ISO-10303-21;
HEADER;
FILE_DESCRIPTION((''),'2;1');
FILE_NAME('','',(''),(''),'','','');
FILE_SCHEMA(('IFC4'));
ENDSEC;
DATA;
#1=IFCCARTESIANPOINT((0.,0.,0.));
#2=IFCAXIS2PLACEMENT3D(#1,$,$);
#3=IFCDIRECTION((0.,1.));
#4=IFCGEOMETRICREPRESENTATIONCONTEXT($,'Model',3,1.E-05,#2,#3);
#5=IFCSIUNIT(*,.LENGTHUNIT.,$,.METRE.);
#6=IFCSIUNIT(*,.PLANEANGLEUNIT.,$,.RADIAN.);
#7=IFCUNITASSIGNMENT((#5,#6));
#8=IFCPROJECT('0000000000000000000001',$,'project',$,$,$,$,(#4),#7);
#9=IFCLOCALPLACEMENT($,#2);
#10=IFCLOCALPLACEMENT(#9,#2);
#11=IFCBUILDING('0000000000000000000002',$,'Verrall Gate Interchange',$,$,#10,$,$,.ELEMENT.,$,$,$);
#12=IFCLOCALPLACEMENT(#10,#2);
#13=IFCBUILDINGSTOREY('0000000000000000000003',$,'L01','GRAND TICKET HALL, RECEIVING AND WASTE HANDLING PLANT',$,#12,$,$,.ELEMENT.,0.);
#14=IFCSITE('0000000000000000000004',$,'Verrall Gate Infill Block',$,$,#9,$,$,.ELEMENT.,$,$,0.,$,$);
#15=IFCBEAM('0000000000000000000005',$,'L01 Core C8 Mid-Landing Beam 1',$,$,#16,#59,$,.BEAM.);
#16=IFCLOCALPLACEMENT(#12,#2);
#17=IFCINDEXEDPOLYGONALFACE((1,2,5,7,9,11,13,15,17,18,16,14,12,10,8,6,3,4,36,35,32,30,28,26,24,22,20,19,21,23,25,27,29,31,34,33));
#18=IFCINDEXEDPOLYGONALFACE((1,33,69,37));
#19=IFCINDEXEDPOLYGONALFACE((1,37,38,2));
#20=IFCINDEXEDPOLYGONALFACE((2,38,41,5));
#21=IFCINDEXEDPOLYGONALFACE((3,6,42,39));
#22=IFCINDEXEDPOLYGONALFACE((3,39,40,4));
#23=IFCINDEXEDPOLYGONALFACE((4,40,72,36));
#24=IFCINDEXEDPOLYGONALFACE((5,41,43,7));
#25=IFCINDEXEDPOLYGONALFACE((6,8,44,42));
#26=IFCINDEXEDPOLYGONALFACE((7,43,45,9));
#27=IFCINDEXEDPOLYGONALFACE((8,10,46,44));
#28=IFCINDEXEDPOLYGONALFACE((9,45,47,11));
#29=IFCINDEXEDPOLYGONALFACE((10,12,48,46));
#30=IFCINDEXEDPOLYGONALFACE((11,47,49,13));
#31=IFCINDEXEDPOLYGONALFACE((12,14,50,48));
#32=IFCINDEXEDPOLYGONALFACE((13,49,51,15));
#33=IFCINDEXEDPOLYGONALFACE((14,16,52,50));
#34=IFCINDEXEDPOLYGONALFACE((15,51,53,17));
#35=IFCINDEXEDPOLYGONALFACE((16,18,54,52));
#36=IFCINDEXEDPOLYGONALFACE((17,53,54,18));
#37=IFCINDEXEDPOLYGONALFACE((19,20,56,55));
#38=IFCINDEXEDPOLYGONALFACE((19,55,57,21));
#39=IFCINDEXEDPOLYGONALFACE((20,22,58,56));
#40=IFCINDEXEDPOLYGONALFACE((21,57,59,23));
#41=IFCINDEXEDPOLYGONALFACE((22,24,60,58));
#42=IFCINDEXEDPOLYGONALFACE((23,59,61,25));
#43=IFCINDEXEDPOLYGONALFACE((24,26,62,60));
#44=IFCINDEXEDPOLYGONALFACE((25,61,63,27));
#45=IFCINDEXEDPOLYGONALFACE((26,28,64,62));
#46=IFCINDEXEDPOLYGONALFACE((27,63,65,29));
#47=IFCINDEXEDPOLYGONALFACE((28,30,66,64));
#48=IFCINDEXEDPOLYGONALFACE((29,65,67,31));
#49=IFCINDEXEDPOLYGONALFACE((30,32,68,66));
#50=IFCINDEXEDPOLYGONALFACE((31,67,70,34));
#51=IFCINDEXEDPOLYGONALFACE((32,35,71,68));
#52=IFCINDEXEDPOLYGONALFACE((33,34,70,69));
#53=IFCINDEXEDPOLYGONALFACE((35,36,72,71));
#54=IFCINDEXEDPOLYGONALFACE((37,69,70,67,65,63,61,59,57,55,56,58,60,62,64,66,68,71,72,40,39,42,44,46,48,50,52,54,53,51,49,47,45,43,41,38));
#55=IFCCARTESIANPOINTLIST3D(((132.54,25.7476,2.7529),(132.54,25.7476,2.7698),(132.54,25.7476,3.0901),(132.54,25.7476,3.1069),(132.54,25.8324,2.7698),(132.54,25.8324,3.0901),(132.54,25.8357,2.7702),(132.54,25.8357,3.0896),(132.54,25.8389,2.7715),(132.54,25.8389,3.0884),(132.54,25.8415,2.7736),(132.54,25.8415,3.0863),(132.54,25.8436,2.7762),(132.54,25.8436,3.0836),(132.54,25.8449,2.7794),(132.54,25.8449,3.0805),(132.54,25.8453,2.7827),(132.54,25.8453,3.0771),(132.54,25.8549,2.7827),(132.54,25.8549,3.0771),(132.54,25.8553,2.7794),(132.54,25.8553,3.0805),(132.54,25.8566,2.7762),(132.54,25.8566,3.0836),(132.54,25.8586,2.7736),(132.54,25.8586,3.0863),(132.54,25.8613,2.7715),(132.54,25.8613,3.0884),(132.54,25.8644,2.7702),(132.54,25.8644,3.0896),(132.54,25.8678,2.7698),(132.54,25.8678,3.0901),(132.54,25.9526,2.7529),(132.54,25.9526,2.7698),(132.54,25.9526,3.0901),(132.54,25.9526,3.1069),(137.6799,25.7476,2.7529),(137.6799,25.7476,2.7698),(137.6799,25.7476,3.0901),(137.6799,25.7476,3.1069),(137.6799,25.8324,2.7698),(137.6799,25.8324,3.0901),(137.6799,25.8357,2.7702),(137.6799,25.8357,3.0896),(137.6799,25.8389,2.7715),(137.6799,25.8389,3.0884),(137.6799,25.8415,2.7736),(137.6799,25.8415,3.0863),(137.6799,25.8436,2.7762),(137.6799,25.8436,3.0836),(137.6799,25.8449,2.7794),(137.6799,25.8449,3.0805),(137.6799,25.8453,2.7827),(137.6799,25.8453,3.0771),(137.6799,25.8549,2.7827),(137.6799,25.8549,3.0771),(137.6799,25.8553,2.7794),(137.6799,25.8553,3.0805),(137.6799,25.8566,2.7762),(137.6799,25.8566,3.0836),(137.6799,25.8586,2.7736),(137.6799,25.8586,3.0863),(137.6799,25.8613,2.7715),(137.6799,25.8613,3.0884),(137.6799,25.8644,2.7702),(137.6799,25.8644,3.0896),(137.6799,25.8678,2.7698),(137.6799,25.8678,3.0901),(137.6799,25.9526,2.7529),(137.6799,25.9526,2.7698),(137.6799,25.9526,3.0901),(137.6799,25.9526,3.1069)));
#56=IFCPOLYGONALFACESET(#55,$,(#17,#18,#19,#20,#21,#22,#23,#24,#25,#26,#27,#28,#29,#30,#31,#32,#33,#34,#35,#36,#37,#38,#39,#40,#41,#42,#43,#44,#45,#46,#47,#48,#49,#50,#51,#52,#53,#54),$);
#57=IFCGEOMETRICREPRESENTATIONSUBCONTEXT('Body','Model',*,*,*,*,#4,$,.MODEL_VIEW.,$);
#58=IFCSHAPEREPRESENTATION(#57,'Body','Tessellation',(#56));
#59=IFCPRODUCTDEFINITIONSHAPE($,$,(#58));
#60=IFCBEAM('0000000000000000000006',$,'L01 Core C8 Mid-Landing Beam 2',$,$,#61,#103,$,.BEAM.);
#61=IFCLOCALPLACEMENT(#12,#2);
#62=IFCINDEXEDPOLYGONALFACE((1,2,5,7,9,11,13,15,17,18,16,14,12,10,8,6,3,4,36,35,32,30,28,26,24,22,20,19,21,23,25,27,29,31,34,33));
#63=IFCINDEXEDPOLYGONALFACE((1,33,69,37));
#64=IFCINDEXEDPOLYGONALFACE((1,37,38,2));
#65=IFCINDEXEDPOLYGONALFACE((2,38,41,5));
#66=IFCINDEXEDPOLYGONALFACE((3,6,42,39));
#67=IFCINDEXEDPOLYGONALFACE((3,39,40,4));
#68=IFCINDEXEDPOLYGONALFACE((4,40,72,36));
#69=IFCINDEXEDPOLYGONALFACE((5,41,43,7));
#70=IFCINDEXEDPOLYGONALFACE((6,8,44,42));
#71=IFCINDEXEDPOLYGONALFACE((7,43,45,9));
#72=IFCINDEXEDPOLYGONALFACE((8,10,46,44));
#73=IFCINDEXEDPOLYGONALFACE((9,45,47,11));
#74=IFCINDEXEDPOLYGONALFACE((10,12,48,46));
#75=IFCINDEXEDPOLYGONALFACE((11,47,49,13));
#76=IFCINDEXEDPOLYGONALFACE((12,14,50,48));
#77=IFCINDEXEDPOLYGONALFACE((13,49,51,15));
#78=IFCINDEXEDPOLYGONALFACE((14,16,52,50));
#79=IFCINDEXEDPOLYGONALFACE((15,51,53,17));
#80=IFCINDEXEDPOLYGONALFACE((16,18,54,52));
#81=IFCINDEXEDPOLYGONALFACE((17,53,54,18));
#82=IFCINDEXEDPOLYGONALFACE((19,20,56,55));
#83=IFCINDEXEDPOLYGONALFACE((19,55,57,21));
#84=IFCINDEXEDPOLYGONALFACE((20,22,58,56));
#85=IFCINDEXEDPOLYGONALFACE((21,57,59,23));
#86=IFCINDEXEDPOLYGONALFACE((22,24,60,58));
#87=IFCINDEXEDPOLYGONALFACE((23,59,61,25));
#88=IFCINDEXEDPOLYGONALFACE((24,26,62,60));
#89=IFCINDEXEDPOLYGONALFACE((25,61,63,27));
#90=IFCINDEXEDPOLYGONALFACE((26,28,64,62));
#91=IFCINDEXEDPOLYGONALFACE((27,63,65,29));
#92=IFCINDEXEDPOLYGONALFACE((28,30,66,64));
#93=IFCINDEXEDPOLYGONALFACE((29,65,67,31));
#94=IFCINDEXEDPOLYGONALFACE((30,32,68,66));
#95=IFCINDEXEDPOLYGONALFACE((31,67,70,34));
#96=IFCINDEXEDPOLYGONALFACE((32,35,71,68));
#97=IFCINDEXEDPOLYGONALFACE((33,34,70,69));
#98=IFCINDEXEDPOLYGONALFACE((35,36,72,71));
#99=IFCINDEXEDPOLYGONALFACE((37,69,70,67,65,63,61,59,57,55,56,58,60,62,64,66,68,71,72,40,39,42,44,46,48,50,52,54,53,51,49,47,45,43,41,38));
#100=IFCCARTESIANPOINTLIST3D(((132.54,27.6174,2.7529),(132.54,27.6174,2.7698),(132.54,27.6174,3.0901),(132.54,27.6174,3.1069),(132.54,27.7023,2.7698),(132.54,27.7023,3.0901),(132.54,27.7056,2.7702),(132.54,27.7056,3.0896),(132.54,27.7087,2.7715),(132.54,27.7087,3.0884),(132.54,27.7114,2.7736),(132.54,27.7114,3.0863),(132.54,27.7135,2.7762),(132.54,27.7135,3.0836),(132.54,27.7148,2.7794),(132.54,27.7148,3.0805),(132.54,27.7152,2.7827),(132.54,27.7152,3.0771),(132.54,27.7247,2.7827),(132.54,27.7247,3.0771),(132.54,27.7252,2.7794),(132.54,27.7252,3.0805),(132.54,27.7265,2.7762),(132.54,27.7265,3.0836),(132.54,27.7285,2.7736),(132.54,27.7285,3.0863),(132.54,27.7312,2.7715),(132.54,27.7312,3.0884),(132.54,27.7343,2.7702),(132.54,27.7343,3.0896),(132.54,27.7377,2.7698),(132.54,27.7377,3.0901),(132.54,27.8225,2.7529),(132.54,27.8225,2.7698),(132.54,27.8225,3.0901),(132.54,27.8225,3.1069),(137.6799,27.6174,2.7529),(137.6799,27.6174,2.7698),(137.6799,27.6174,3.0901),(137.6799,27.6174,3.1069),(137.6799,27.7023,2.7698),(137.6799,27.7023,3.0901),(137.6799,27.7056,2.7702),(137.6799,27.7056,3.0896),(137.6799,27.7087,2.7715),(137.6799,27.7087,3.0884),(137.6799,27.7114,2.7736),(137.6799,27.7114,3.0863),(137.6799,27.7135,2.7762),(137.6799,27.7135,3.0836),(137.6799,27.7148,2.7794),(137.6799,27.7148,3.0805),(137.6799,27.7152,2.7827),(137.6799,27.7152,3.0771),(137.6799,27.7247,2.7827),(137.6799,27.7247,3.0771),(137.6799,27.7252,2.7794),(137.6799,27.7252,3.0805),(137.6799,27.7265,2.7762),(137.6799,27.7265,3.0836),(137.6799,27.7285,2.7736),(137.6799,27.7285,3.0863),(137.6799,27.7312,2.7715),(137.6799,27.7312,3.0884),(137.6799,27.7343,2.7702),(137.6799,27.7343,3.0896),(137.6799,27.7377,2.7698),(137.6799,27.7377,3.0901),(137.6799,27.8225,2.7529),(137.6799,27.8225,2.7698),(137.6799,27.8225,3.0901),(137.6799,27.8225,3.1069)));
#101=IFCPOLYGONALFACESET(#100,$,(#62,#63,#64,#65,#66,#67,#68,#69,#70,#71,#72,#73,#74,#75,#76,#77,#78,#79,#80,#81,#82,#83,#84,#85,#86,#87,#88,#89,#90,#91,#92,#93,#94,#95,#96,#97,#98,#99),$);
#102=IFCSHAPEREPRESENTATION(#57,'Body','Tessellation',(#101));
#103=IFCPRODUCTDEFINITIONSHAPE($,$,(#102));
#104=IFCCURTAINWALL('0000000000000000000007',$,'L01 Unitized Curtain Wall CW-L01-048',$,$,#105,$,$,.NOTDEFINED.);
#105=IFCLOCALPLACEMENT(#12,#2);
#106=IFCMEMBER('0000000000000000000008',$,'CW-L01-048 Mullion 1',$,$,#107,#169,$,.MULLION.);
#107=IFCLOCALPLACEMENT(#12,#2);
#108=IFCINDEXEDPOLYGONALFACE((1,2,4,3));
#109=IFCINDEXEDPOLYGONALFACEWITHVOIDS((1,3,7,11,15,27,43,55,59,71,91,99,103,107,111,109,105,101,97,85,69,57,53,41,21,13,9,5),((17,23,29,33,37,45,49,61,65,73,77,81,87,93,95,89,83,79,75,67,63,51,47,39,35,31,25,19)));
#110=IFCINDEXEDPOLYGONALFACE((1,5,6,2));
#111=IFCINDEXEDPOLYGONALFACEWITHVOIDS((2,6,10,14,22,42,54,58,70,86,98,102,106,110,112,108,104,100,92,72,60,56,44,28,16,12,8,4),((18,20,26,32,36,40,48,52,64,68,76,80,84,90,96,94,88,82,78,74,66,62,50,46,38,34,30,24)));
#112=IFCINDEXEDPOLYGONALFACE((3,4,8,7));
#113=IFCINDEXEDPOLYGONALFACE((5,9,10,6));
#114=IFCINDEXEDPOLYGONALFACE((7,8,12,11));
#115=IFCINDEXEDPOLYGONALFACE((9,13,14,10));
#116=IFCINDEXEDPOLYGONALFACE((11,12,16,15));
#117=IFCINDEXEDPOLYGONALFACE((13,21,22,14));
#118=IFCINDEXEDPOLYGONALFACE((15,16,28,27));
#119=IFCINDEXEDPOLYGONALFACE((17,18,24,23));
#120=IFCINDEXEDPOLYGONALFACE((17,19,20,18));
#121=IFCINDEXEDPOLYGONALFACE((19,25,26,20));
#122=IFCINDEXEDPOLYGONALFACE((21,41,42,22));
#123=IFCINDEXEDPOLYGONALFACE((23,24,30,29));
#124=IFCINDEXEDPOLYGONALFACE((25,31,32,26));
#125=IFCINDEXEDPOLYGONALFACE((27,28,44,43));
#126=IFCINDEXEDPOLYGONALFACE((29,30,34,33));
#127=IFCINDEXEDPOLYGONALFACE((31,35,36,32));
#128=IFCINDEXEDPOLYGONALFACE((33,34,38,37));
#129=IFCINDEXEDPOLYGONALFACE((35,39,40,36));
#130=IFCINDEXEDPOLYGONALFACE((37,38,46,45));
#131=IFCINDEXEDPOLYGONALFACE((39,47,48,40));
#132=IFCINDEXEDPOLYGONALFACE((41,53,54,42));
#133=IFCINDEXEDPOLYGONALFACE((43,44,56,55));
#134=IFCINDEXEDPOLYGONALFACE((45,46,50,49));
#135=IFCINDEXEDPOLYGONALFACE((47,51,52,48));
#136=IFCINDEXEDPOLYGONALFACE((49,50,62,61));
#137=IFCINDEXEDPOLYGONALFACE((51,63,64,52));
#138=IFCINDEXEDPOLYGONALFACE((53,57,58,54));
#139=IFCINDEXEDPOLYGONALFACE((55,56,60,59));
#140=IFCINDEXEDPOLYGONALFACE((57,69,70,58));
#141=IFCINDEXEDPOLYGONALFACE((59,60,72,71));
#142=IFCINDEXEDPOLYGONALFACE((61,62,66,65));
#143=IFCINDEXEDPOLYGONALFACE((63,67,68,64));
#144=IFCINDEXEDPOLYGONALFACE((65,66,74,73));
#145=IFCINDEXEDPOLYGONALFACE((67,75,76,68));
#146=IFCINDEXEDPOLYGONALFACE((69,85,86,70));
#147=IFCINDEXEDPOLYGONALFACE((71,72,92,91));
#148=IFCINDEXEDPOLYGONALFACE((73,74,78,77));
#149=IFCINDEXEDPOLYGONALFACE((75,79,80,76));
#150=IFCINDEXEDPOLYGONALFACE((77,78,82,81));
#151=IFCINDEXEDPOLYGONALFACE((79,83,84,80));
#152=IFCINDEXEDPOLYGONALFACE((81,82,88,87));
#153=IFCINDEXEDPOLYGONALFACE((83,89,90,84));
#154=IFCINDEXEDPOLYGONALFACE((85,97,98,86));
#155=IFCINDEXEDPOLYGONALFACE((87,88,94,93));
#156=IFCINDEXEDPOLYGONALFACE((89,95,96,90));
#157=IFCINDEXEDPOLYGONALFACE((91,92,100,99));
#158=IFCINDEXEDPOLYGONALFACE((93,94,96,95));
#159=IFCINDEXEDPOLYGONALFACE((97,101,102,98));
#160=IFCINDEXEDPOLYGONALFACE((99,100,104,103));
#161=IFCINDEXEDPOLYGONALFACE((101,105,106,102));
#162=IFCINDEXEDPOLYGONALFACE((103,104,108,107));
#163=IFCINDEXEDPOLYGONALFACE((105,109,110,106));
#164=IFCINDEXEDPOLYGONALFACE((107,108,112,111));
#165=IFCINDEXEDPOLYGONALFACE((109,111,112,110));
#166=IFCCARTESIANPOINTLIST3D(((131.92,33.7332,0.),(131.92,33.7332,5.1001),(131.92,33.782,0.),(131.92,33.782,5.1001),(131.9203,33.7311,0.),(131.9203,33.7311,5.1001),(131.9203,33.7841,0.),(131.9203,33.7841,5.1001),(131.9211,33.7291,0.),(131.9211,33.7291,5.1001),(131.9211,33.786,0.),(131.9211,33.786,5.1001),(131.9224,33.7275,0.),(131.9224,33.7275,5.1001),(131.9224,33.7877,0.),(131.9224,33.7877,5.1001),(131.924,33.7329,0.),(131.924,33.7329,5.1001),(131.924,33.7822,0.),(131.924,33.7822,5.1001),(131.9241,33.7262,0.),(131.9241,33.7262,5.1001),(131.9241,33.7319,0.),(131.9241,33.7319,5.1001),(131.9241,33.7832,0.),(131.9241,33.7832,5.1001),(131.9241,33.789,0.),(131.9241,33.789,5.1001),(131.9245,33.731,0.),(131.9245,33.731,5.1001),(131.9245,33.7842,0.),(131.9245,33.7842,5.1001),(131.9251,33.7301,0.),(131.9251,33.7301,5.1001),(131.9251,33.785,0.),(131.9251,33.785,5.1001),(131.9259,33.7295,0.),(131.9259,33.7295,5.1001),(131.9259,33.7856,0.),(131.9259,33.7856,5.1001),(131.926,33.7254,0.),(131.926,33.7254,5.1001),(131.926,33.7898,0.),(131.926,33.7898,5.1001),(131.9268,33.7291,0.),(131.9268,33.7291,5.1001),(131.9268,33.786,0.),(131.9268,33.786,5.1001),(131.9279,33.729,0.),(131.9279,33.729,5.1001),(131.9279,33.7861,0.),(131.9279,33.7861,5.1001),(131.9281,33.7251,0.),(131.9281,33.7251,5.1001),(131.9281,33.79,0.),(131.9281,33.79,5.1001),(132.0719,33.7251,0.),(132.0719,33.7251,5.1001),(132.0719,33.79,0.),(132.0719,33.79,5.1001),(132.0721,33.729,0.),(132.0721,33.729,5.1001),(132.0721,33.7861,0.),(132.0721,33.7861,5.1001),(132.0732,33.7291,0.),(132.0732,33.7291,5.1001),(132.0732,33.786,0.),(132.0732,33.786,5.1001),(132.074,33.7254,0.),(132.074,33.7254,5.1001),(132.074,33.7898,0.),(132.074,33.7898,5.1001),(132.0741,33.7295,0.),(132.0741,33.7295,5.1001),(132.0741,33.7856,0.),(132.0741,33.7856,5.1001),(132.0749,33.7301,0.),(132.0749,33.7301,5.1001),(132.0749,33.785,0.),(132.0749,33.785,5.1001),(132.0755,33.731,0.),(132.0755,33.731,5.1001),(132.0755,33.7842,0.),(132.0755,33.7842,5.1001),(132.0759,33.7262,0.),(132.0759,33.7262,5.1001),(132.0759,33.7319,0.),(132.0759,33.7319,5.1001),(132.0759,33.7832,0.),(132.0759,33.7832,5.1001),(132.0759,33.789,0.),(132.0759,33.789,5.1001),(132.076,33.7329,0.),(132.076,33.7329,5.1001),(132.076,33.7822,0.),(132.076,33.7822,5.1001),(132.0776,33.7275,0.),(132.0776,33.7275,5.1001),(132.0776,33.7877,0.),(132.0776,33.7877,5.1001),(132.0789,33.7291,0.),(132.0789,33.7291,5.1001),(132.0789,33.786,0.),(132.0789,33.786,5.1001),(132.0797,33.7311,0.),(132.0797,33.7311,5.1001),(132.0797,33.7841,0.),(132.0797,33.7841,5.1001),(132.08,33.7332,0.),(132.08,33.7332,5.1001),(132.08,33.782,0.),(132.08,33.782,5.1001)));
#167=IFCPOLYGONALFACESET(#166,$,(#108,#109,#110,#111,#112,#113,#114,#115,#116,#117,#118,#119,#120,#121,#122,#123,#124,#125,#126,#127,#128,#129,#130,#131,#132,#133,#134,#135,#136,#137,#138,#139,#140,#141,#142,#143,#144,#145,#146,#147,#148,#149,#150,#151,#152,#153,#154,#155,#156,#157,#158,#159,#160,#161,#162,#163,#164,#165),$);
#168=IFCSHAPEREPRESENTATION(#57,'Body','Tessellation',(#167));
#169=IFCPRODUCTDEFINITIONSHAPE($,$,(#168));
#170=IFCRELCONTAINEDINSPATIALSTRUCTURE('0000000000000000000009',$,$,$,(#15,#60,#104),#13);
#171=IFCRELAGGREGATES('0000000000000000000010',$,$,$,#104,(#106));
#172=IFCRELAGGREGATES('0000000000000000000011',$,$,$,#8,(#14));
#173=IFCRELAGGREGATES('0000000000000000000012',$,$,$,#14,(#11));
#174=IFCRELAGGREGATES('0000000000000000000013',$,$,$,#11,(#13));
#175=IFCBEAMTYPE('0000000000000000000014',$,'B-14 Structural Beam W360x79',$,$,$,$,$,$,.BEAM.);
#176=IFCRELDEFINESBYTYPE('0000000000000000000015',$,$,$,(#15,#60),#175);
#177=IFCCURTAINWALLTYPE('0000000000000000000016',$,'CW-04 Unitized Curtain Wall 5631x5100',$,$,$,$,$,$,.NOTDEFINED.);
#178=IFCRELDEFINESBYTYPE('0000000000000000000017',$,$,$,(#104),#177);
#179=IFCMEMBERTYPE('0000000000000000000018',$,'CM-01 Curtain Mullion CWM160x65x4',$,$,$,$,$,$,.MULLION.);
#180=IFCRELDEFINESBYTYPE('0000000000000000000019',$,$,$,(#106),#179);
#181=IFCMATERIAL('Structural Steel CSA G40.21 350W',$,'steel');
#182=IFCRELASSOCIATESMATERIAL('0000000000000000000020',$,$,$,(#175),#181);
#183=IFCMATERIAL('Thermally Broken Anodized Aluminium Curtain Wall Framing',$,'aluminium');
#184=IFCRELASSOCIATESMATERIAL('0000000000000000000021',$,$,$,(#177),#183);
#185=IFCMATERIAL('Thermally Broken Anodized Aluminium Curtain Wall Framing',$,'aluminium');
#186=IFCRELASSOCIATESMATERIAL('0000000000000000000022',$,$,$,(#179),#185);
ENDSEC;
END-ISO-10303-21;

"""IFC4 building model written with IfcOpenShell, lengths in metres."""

from ifc_helpers import new_model, si_unit, direction, frame, origin, origin_2d, place, context, subcontext, project, spatial, hollow_rectangle, i_section, extrude, material, material_profile, profile_set, type_object, element, aggregate, save


model = new_model("IFC4")

# Units and contexts
model_context = context("Model", 3, precision=1e-05, world=origin(), true_north=direction((0.0, 1.0)))
body_context = subcontext(model_context, "Body", "Model", "MODEL_VIEW")
ifc_project = project(units=[si_unit("LENGTHUNIT", "METRE"), si_unit("PLANEANGLEUNIT", "RADIAN")], contexts=[model_context])

# Site, building, storey
site_placement = place(None, origin())
site = spatial("IfcSite", under=ifc_project, at=site_placement, Name="Verrall Gate Infill Block", CompositionType="ELEMENT", RefElevation=0.0)
building_placement = place(site_placement, origin())
building = spatial("IfcBuilding", under=site, at=building_placement, Name="Verrall Gate Interchange", CompositionType="ELEMENT")
storey_placement = place(building_placement, origin())
storey = spatial("IfcBuildingStorey", under=building, at=storey_placement, Name="L01", Description="GRAND TICKET HALL, RECEIVING AND WASTE HANDLING PLANT", CompositionType="ELEMENT", Elevation=0.0)

# Beams
ifc_material_1 = material(Name="Structural Steel CSA G40.21 350W", Category="steel")
ifc_material_profile_1 = material_profile(ifc_material_1, i_section(OverallWidth=0.2051, OverallDepth=0.354, WebThickness=0.0095, FlangeThickness=0.0168, FilletRadius=0.0129, at=origin_2d()), Name="W360x79")
ifc_profile_set_1 = profile_set([ifc_material_profile_1], Name="Structural Steel CSA G40.21 350W")
beam_type = type_object("IfcBeamType", Name="B-14 Structural Beam W360x79", PredefinedType="BEAM", material=ifc_profile_set_1)
for number, where, z_axis, x_axis, name in (
    (1, (132.54, 25.8501, 2.9299), (1.0, 0.0, 0.0), (0.0, 1.0, 0.0), "L01 Core C8 Mid-Landing Beam 1"),
    (2, (132.54, 27.72, 2.9299), (1.0, 0.0, 0.0), (0.0, 1.0, 0.0), "L01 Core C8 Mid-Landing Beam 2"),
):
    element("IfcBeam", number, at=place(storey_placement, frame(where, z_axis=z_axis, x_axis=x_axis)), inside=storey, type_object=beam_type, Name=name, PredefinedType="BEAM", context=body_context, shape_type="SweptSolid", body=[
        extrude(i_section(OverallWidth=0.2051, OverallDepth=0.354, WebThickness=0.0095, FlangeThickness=0.0168, FilletRadius=0.0129, at=origin_2d()), origin(), (0.0, 0.0, 1.0), 5.1399),
    ])

# Curtain wall, member
ifc_material_2 = material(Name="Thermally Broken Anodized Aluminium Curtain Wall Framing", Category="aluminium")
curtain_wall_type = type_object("IfcCurtainWallType", Name="CW-04 Unitized Curtain Wall 5631x5100", PredefinedType="NOTDEFINED", material=ifc_material_2)
curtain_wall_placement = place(storey_placement, origin())
curtain_wall = element("IfcCurtainWall", 3, at=curtain_wall_placement, inside=storey, type_object=curtain_wall_type, Name="L01 Unitized Curtain Wall CW-L01-048", PredefinedType="NOTDEFINED")
ifc_material_3 = material(Name="Thermally Broken Anodized Aluminium Curtain Wall Framing", Category="aluminium")
ifc_material_profile_2 = material_profile(ifc_material_3, hollow_rectangle(XDim=0.0649, YDim=0.1599, WallThickness=0.0039, InnerFilletRadius=0.0039, OuterFilletRadius=0.0081, at=origin_2d()), Name="CWM160x65x4")
ifc_profile_set_2 = profile_set([ifc_material_profile_2], Name="Thermally Broken Anodized Aluminium Curtain Wall Framing")
member_type_1 = type_object("IfcMemberType", Name="CM-01 Curtain Mullion CWM160x65x4", PredefinedType="MULLION", material=ifc_profile_set_2)
member_1_placement = place(storey_placement, frame((132.0, 33.7576, 0.0), z_axis=(0.0, 0.0, 1.0), x_axis=(0.0, -1.0, 0.0)))
member_1 = element("IfcMember", 4, at=member_1_placement, type_object=member_type_1, Name="CW-L01-048 Mullion 1", PredefinedType="MULLION", context=body_context, shape_type="SweptSolid", body=[
    extrude(hollow_rectangle(XDim=0.0649, YDim=0.1599, WallThickness=0.0039, InnerFilletRadius=0.0039, OuterFilletRadius=0.0081, at=origin_2d()), origin(), (0.0, 0.0, 1.0), 5.1001),
])
aggregate(curtain_wall, [member_1])

save(model, "model.ifc")
